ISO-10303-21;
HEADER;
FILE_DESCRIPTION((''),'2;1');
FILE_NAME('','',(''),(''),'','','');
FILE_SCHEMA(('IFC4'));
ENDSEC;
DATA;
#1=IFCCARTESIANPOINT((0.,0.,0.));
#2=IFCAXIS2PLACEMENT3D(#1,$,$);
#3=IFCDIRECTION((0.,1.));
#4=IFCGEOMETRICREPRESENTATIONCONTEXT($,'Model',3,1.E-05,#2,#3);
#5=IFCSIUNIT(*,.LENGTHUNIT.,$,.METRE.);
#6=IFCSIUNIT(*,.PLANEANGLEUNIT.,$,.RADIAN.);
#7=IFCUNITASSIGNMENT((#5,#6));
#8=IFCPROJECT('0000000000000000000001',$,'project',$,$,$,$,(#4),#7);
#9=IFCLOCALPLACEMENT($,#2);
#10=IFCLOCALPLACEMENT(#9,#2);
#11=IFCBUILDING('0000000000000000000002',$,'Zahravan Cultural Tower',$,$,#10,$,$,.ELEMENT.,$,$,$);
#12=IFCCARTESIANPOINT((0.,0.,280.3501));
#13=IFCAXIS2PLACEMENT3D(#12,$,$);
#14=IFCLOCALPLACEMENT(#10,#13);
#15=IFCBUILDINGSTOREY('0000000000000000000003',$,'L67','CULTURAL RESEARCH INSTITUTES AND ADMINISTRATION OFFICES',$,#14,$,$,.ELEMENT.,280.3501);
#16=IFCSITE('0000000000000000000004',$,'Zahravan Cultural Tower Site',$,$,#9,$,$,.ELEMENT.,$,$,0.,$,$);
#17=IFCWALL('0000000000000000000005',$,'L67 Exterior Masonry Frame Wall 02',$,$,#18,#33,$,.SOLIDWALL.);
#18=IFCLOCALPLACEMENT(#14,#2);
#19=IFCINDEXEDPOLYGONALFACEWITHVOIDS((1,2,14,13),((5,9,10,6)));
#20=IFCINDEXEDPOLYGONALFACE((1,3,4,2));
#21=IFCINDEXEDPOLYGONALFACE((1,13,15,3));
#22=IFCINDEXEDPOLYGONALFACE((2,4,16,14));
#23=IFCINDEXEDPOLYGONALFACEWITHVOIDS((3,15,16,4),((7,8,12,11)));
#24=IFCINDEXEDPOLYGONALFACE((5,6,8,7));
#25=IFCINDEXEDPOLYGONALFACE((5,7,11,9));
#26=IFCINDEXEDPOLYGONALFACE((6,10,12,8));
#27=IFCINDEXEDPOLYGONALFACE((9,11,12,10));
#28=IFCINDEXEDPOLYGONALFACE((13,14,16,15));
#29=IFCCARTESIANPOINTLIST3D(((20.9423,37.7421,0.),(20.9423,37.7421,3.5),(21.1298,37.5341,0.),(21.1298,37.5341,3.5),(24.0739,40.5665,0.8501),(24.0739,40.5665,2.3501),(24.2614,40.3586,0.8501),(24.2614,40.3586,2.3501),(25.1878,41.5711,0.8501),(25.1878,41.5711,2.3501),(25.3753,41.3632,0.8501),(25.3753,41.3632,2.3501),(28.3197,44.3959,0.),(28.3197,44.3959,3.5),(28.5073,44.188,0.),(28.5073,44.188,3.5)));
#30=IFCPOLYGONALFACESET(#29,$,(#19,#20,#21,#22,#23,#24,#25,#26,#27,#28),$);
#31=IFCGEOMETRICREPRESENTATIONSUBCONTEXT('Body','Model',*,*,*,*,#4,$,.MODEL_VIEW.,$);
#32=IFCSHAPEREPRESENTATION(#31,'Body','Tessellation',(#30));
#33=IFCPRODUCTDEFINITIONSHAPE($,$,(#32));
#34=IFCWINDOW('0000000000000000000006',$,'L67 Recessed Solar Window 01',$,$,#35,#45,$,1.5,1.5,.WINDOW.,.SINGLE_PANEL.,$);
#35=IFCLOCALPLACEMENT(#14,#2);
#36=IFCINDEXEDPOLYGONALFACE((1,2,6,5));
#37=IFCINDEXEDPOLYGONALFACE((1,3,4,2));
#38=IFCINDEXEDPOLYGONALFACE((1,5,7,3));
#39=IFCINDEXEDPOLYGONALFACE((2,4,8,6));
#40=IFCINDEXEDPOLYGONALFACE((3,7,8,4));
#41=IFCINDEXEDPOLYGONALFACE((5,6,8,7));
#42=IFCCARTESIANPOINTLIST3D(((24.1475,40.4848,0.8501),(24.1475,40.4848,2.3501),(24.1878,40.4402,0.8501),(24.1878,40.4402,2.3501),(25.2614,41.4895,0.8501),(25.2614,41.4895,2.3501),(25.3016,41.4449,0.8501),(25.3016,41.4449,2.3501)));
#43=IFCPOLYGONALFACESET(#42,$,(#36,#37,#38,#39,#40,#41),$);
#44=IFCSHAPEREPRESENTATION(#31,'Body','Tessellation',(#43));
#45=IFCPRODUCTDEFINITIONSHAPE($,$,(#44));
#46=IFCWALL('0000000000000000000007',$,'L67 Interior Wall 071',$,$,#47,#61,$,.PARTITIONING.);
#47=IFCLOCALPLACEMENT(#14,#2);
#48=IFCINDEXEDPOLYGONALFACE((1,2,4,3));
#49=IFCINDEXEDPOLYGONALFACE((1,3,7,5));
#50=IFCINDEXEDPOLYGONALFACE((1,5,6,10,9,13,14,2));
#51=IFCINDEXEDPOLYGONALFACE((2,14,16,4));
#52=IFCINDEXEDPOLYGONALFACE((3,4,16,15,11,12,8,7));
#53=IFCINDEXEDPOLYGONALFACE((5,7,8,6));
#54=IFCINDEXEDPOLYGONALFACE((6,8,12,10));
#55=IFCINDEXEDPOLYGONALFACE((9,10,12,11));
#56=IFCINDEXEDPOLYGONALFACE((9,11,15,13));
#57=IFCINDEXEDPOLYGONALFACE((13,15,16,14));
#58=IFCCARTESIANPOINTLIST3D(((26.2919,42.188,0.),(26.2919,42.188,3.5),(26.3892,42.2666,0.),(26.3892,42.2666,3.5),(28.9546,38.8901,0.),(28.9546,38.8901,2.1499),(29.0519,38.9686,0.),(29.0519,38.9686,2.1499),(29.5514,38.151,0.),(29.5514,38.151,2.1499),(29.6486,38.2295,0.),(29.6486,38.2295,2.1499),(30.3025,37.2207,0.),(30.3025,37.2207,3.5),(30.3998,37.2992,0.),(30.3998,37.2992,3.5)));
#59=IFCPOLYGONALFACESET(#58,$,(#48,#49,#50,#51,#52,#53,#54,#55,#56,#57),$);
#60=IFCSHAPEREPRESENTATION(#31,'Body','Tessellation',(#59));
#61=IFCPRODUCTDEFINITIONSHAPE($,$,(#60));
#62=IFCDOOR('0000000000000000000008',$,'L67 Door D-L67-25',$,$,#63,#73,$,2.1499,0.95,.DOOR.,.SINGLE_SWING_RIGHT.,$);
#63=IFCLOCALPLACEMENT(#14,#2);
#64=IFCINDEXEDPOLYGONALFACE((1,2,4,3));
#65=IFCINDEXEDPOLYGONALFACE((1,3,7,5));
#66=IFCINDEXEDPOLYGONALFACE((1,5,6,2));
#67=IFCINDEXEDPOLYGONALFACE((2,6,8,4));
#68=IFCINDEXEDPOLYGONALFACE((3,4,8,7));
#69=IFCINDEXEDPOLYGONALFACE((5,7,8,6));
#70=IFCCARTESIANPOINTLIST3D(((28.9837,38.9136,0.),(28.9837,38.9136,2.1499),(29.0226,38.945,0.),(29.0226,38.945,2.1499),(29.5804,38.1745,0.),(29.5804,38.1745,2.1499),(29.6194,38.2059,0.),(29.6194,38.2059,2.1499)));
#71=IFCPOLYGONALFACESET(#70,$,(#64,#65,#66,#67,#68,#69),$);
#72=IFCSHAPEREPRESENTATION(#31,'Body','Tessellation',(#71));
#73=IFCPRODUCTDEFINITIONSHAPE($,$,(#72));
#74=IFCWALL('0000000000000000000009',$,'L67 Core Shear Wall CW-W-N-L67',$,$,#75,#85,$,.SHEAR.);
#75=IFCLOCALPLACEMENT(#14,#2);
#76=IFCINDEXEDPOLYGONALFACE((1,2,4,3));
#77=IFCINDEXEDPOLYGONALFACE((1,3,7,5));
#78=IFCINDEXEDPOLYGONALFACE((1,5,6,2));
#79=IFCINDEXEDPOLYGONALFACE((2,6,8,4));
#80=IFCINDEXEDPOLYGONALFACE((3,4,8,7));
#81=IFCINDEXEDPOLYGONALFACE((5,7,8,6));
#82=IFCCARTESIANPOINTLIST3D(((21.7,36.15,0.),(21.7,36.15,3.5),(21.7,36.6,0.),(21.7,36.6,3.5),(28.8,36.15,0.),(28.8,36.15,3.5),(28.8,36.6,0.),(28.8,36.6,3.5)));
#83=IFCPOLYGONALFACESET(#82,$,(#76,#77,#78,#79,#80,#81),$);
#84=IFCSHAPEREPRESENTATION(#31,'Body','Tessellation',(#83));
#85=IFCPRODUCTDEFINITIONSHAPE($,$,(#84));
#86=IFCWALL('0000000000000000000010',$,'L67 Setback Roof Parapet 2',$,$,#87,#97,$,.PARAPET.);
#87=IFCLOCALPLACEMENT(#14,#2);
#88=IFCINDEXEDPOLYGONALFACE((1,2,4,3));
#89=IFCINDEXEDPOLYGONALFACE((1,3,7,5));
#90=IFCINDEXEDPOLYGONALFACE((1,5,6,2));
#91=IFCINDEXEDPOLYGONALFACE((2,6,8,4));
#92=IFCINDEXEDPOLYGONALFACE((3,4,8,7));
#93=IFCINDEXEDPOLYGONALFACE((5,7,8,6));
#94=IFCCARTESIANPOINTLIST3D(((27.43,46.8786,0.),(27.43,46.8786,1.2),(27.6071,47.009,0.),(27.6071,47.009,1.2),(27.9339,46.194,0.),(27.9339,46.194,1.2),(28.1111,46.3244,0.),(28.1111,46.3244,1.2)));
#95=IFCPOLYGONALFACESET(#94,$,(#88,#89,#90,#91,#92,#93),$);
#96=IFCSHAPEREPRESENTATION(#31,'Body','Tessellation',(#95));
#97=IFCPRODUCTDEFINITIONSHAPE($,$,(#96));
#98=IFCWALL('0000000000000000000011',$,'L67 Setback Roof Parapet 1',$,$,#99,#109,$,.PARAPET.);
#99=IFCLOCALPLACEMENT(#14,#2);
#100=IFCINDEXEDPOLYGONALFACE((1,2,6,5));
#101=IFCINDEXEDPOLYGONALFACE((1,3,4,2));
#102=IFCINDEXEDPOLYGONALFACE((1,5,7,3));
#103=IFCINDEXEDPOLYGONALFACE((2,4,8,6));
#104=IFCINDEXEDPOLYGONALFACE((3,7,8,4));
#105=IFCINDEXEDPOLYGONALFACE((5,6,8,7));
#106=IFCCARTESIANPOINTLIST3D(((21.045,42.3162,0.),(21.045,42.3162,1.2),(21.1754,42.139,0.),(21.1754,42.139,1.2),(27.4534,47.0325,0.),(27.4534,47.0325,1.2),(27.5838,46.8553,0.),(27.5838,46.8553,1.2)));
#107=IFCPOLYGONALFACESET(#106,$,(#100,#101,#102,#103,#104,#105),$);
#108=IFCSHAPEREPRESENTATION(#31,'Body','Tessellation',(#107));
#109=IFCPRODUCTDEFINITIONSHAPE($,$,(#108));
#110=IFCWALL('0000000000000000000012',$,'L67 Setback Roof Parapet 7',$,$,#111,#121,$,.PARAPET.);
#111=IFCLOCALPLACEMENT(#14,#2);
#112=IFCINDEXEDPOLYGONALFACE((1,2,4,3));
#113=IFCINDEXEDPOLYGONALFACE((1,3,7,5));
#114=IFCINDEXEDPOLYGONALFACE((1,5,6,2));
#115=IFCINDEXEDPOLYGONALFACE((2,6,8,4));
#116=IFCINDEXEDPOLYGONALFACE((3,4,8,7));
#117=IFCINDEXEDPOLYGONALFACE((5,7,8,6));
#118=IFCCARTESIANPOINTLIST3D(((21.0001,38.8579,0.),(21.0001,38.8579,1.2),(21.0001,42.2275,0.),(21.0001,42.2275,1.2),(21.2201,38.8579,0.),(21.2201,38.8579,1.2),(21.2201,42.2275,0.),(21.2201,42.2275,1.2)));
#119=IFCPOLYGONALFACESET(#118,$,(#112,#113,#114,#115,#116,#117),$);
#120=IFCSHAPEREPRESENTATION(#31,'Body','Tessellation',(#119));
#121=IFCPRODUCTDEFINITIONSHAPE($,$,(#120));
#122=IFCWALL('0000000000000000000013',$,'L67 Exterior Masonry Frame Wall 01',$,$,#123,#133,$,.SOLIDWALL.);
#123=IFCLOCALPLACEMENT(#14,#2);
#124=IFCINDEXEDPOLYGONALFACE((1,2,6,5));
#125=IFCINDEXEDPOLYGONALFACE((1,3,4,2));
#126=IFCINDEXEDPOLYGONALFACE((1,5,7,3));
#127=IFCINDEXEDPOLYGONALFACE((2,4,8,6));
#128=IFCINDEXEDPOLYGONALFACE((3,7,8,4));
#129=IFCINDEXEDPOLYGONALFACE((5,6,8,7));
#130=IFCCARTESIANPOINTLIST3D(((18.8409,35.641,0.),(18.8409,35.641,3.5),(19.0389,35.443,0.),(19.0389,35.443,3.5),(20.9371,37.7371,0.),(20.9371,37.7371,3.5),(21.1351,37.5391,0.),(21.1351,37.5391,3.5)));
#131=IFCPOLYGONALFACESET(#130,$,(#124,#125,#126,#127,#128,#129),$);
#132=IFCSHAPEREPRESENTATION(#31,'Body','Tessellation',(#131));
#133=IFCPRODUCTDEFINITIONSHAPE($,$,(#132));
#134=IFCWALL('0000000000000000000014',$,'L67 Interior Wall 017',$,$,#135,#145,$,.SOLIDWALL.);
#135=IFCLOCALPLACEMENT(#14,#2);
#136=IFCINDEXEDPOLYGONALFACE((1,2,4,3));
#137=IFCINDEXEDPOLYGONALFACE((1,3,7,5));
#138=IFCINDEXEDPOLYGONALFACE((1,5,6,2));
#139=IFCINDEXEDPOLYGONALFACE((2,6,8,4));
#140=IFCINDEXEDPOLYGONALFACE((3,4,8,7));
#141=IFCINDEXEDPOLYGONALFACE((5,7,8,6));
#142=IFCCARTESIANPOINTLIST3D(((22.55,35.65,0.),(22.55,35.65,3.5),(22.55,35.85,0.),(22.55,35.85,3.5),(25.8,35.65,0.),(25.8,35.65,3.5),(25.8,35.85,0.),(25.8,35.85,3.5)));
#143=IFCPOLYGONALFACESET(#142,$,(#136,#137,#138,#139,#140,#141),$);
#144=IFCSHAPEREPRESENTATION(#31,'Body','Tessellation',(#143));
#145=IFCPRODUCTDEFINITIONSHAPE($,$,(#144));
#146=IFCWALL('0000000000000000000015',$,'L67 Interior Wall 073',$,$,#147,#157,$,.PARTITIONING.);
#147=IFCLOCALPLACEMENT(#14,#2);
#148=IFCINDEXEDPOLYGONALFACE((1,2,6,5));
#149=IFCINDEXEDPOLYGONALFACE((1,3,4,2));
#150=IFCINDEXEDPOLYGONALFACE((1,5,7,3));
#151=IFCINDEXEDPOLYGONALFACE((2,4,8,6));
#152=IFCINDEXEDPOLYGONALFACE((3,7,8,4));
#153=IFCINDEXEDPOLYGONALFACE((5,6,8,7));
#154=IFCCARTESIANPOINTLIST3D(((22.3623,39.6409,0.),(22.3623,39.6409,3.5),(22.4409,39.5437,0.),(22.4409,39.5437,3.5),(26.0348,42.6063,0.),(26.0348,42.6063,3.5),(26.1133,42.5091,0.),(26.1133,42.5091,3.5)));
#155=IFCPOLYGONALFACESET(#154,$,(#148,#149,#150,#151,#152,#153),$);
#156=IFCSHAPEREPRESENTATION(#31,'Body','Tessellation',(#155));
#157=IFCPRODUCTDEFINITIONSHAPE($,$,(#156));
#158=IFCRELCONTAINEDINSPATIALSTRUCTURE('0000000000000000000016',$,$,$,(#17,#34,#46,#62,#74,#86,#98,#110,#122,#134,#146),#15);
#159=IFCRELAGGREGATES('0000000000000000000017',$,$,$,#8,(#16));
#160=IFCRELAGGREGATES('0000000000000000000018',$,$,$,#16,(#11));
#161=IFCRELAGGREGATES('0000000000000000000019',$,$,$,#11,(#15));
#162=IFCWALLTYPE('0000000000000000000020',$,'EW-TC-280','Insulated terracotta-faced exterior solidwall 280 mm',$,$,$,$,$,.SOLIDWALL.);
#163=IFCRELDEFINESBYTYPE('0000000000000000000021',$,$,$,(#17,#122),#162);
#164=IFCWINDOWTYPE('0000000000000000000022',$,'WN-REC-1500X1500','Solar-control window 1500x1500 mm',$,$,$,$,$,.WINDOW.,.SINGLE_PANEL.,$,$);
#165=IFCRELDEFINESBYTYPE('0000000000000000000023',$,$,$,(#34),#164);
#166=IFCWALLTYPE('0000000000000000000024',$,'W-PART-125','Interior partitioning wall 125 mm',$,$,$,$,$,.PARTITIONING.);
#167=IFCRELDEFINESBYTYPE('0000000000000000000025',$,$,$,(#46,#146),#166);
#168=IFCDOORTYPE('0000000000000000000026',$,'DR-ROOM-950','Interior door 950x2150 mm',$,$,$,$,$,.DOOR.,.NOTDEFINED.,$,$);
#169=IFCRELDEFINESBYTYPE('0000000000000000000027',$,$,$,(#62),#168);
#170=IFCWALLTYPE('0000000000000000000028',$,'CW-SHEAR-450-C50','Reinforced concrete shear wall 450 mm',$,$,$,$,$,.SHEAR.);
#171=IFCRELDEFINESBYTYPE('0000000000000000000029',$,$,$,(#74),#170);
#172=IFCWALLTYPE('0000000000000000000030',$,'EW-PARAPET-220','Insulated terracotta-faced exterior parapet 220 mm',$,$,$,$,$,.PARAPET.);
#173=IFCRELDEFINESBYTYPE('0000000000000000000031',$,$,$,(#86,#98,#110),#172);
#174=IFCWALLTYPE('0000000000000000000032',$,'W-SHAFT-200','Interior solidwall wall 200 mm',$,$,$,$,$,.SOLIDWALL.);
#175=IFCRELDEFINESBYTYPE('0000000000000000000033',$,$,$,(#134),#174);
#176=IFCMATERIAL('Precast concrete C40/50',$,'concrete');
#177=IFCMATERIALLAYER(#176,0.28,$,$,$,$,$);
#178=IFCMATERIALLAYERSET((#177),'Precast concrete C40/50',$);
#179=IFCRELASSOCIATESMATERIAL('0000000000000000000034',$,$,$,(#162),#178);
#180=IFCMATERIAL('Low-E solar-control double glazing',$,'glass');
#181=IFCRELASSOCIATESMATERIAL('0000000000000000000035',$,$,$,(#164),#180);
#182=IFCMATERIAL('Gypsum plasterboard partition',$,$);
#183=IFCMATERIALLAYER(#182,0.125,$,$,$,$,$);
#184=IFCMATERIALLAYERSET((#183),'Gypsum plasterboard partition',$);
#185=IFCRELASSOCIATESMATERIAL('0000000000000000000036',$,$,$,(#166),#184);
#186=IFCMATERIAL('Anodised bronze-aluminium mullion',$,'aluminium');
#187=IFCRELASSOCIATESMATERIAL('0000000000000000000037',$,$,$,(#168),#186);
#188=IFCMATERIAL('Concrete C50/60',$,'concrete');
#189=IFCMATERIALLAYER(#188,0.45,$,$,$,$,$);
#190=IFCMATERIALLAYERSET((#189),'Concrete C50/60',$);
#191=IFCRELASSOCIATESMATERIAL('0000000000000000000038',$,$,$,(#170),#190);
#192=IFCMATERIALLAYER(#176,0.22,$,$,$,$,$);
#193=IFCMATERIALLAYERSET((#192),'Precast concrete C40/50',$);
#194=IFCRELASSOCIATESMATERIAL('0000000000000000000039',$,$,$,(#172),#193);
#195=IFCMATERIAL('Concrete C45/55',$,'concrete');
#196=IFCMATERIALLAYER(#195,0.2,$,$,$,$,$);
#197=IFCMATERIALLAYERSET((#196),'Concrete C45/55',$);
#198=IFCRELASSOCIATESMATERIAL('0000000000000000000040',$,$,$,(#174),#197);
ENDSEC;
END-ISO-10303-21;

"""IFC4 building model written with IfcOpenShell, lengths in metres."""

from ifc_helpers import new_model, si_unit, direction, frame, frame_2d, origin, place, context, subcontext, project, spatial, rectangle, extrude, source, transform, mapped, material, layer, layer_set, type_object, element, fill, save


model = new_model("IFC4")

# Units and contexts
model_context = context("Model", 3, precision=1e-05, world=origin(), true_north=direction((0.0, 1.0)))
body_context = subcontext(model_context, "Body", "Model", "MODEL_VIEW")
ifc_project = project(units=[si_unit("LENGTHUNIT", "METRE"), si_unit("PLANEANGLEUNIT", "RADIAN")], contexts=[model_context])

# Site, building, storey
site_placement = place(None, origin())
site = spatial("IfcSite", under=ifc_project, at=site_placement, Name="Zahravan Cultural Tower Site", CompositionType="ELEMENT", RefElevation=0.0)
building_placement = place(site_placement, origin())
building = spatial("IfcBuilding", under=site, at=building_placement, Name="Zahravan Cultural Tower", CompositionType="ELEMENT")
storey_placement = place(building_placement, frame((0.0, 0.0, 280.3501)))
storey = spatial("IfcBuildingStorey", under=building, at=storey_placement, Name="L67", Description="CULTURAL RESEARCH INSTITUTES AND ADMINISTRATION OFFICES", CompositionType="ELEMENT", Elevation=280.3501)

# Shared definitions
ifc_material_1 = material(Name="Concrete C50/60", Category="concrete")

# Shared definitions
ifc_material_2 = material(Name="Anodised bronze-aluminium mullion", Category="aluminium")

# Wall, opening, window
ifc_material_3 = material(Name="Precast concrete C40/50", Category="concrete")
ifc_layer_1 = layer(ifc_material_3, 0.28)
ifc_layer_set_1 = layer_set([ifc_layer_1], Name="Precast concrete C40/50")
wall_type_1 = type_object("IfcWallType", Name="EW-TC-280", Description="Insulated terracotta-faced exterior solidwall 280 mm", PredefinedType="SOLIDWALL", material=ifc_layer_set_1)
wall_1_placement = place(storey_placement, frame((21.0361, 37.6382, 0.0), z_axis=(0.0, 0.0, 1.0), x_axis=(0.742587, 0.669749, 0.0)))
wall_1 = element("IfcWall", 1, at=wall_1_placement, inside=storey, type_object=wall_type_1, Name="L67 Exterior Masonry Frame Wall 02", PredefinedType="SOLIDWALL", context=body_context, shape_type="SweptSolid", body=[
    extrude(rectangle(XDim=9.9348, YDim=0.28, at=frame_2d((4.9673, 0.0))), origin(), (0.0, 0.0, 1.0), 3.5),
])
opening_1_placement = place(wall_1_placement, frame((4.217, 0.0, 0.8501)))
opening_1 = element("IfcOpeningElement", 2, at=opening_1_placement, cuts=wall_1, PredefinedType="OPENING", context=body_context, shape_type="SweptSolid", body=[
    extrude(rectangle(XDim=1.5, YDim=1.5, at=frame_2d((0.75, 0.75))), frame((0.0, 0.1499, 0.0), z_axis=(0.0, -1.0, 0.0), x_axis=(1.0, 0.0, 0.0)), (0.0, 0.0, 1.0), 0.3),
])
ifc_material_4 = material(Name="Low-E solar-control double glazing", Category="glass")
window_type = type_object("IfcWindowType", Name="WN-REC-1500X1500", Description="Solar-control window 1500x1500 mm", PartitioningType="SINGLE_PANEL", PredefinedType="WINDOW", material=ifc_material_4)
shared_shape_1 = source(origin(), body_context, "Body", "SweptSolid", [
    extrude(rectangle(XDim=1.5, YDim=1.5, at=frame_2d((0.75, 0.75))), frame((0.0, 0.03, 0.0), z_axis=(0.0, -1.0, 0.0), x_axis=(1.0, 0.0, 0.0)), (0.0, 0.0, 1.0), 0.0601),
])
window_placement = place(opening_1_placement, origin())
window = element("IfcWindow", 3, at=window_placement, inside=storey, type_object=window_type, Name="L67 Recessed Solar Window 01", OverallHeight=1.5, OverallWidth=1.5, PartitioningType="SINGLE_PANEL", PredefinedType="WINDOW", context=body_context, shape_type="MappedRepresentation", body=[
    mapped(shared_shape_1, transform((0.0, 0.0, 0.0), x_axis=(1.0, 0.0, 0.0), y_axis=(0.0, 1.0, 0.0), z_axis=(0.0, 0.0, 1.0), scale=1.0)),
])
fill(opening_1, window)

# Wall, opening, door
ifc_material_5 = material(Name="Gypsum plasterboard partition")
ifc_layer_2 = layer(ifc_material_5, 0.125)
ifc_layer_set_2 = layer_set([ifc_layer_2], Name="Gypsum plasterboard partition")
wall_type_2 = type_object("IfcWallType", Name="W-PART-125", Description="Interior partitioning wall 125 mm", PredefinedType="PARTITIONING", material=ifc_layer_set_2)
wall_2_placement = place(storey_placement, frame((26.3406, 42.2273, 0.0), z_axis=(0.0, 0.0, 1.0), x_axis=(0.628191, -0.778059, 0.0)))
wall_2 = element("IfcWall", 4, at=wall_2_placement, inside=storey, type_object=wall_type_2, Name="L67 Interior Wall 071", PredefinedType="PARTITIONING", context=body_context, shape_type="SweptSolid", body=[
    extrude(rectangle(XDim=6.3843, YDim=0.125, at=frame_2d((3.1921, 0.0))), origin(), (0.0, 0.0, 1.0), 3.5),
])
opening_2_placement = place(wall_2_placement, frame((4.2385, 0.0, 0.0)))
opening_2 = element("IfcOpeningElement", 5, at=opening_2_placement, cuts=wall_2, PredefinedType="OPENING", context=body_context, shape_type="SweptSolid", body=[
    extrude(rectangle(XDim=0.95, YDim=2.1499, at=frame_2d((0.4751, 1.075))), frame((0.0, 0.0725, 0.0), z_axis=(0.0, -1.0, 0.0), x_axis=(1.0, 0.0, 0.0)), (0.0, 0.0, 1.0), 0.145),
])
door_type = type_object("IfcDoorType", Name="DR-ROOM-950", Description="Interior door 950x2150 mm", OperationType="NOTDEFINED", PredefinedType="DOOR", material=ifc_material_2)
shared_shape_2 = source(origin(), body_context, "Body", "SweptSolid", [
    extrude(rectangle(XDim=0.95, YDim=2.1499, at=frame_2d((0.4751, 1.075))), frame((0.0, 0.0249, 0.0), z_axis=(0.0, -1.0, 0.0), x_axis=(1.0, 0.0, 0.0)), (0.0, 0.0, 1.0), 0.05),
])
door_placement = place(opening_2_placement, origin())
door = element("IfcDoor", 6, at=door_placement, inside=storey, type_object=door_type, Name="L67 Door D-L67-25", OperationType="SINGLE_SWING_RIGHT", OverallHeight=2.1499, OverallWidth=0.95, PredefinedType="DOOR", context=body_context, shape_type="MappedRepresentation", body=[
    mapped(shared_shape_2, transform((0.0, 0.0, 0.0), x_axis=(1.0, 0.0, 0.0), y_axis=(0.0, 1.0, 0.0), z_axis=(0.0, 0.0, 1.0), scale=1.0)),
])
fill(opening_2, door)

# Walls
ifc_layer_3 = layer(ifc_material_1, 0.45)
ifc_layer_set_3 = layer_set([ifc_layer_3], Name="Concrete C50/60")
wall_type_3 = type_object("IfcWallType", Name="CW-SHEAR-450-C50", Description="Reinforced concrete shear wall 450 mm", PredefinedType="SHEAR", material=ifc_layer_set_3)
shared_shape_3 = source(origin(), body_context, "Body", "SweptSolid", [
    extrude(rectangle(XDim=7.1001, YDim=0.45, at=frame_2d((3.55, 0.0))), origin(), (0.0, 0.0, 1.0), 3.5),
])
wall_3_placement = place(storey_placement, frame((21.7, 36.375, 0.0), z_axis=(0.0, 0.0, 1.0), x_axis=(1.0, 0.0, 0.0)))
element("IfcWall", 7, at=wall_3_placement, inside=storey, type_object=wall_type_3, Name="L67 Core Shear Wall CW-W-N-L67", PredefinedType="SHEAR", context=body_context, shape_type="MappedRepresentation", body=[
    mapped(shared_shape_3, transform((0.0, 0.0, 0.0), x_axis=(1.0, 0.0, 0.0), y_axis=(0.0, 1.0, 0.0), z_axis=(0.0, 0.0, 1.0), scale=1.0)),
])
ifc_layer_4 = layer(ifc_material_3, 0.22)
ifc_layer_set_4 = layer_set([ifc_layer_4], Name="Precast concrete C40/50")
wall_type_4 = type_object("IfcWallType", Name="EW-PARAPET-220", Description="Insulated terracotta-faced exterior parapet 220 mm", PredefinedType="PARAPET", material=ifc_layer_set_4)
shared_shape_4 = source(origin(), body_context, "Body", "SweptSolid", [
    extrude(rectangle(XDim=0.8501, YDim=0.22, at=frame_2d((0.425, 0.0))), origin(), (0.0, 0.0, 1.0), 1.2),
])
wall_4_placement = place(storey_placement, frame((27.5186, 46.9438, 0.0), z_axis=(0.0, 0.0, 1.0), x_axis=(0.592807, -0.805345, 0.0)))
element("IfcWall", 8, at=wall_4_placement, inside=storey, type_object=wall_type_4, Name="L67 Setback Roof Parapet 2", PredefinedType="PARAPET", context=body_context, shape_type="MappedRepresentation", body=[
    mapped(shared_shape_4, transform((0.0, 0.0, 0.0), x_axis=(1.0, 0.0, 0.0), y_axis=(0.0, 1.0, 0.0), z_axis=(0.0, 0.0, 1.0), scale=1.0)),
])
shared_shape_5 = source(origin(), body_context, "Body", "SweptSolid", [
    extrude(rectangle(XDim=7.9568, YDim=0.22, at=frame_2d((3.9785, 0.0))), origin(), (0.0, 0.0, 1.0), 1.2),
])
wall_5_placement = place(storey_placement, frame((21.1101, 42.2275, 0.0), z_axis=(0.0, 0.0, 1.0), x_axis=(0.805398, 0.592734, 0.0)))
element("IfcWall", 9, at=wall_5_placement, inside=storey, type_object=wall_type_4, Name="L67 Setback Roof Parapet 1", PredefinedType="PARAPET", context=body_context, shape_type="MappedRepresentation", body=[
    mapped(shared_shape_5, transform((0.0, 0.0, 0.0), x_axis=(1.0, 0.0, 0.0), y_axis=(0.0, 1.0, 0.0), z_axis=(0.0, 0.0, 1.0), scale=1.0)),
])
shared_shape_6 = source(origin(), body_context, "Body", "SweptSolid", [
    extrude(rectangle(XDim=3.3696, YDim=0.22, at=frame_2d((1.6848, 0.0))), origin(), (0.0, 0.0, 1.0), 1.2),
])
wall_6_placement = place(storey_placement, frame((21.1101, 38.8579, 0.0), z_axis=(0.0, 0.0, 1.0), x_axis=(0.0, 1.0, 0.0)))
element("IfcWall", 10, at=wall_6_placement, inside=storey, type_object=wall_type_4, Name="L67 Setback Roof Parapet 7", PredefinedType="PARAPET", context=body_context, shape_type="MappedRepresentation", body=[
    mapped(shared_shape_6, transform((0.0, 0.0, 0.0), x_axis=(1.0, 0.0, 0.0), y_axis=(0.0, 1.0, 0.0), z_axis=(0.0, 0.0, 1.0), scale=1.0)),
])
shared_shape_7 = source(origin(), body_context, "Body", "SweptSolid", [
    extrude(rectangle(XDim=2.9644, YDim=0.28, at=frame_2d((1.4822, 0.0))), origin(), (0.0, 0.0, 1.0), 3.5),
])
wall_7_placement = place(storey_placement, frame((18.9399, 35.542, 0.0), z_axis=(0.0, 0.0, 1.0), x_axis=(0.707107, 0.707107, 0.0)))
element("IfcWall", 11, at=wall_7_placement, inside=storey, type_object=wall_type_1, Name="L67 Exterior Masonry Frame Wall 01", PredefinedType="SOLIDWALL", context=body_context, shape_type="MappedRepresentation", body=[
    mapped(shared_shape_7, transform((0.0, 0.0, 0.0), x_axis=(1.0, 0.0, 0.0), y_axis=(0.0, 1.0, 0.0), z_axis=(0.0, 0.0, 1.0), scale=1.0)),
])
ifc_material_6 = material(Name="Concrete C45/55", Category="concrete")
ifc_layer_5 = layer(ifc_material_6, 0.2)
ifc_layer_set_5 = layer_set([ifc_layer_5], Name="Concrete C45/55")
wall_type_5 = type_object("IfcWallType", Name="W-SHAFT-200", Description="Interior solidwall wall 200 mm", PredefinedType="SOLIDWALL", material=ifc_layer_set_5)
shared_shape_8 = source(origin(), body_context, "Body", "SweptSolid", [
    extrude(rectangle(XDim=3.25, YDim=0.2, at=frame_2d((1.625, 0.0))), origin(), (0.0, 0.0, 1.0), 3.5),
])
wall_8_placement = place(storey_placement, frame((22.55, 35.75, 0.0), z_axis=(0.0, 0.0, 1.0), x_axis=(1.0, 0.0, 0.0)))
element("IfcWall", 12, at=wall_8_placement, inside=storey, type_object=wall_type_5, Name="L67 Interior Wall 017", PredefinedType="SOLIDWALL", context=body_context, shape_type="MappedRepresentation", body=[
    mapped(shared_shape_8, transform((0.0, 0.0, 0.0), x_axis=(1.0, 0.0, 0.0), y_axis=(0.0, 1.0, 0.0), z_axis=(0.0, 0.0, 1.0), scale=1.0)),
])
shared_shape_9 = source(origin(), body_context, "Body", "SweptSolid", [
    extrude(rectangle(XDim=4.7202, YDim=0.125, at=frame_2d((2.3601, 0.0))), origin(), (0.0, 0.0, 1.0), 3.5),
])
wall_9_placement = place(storey_placement, frame((22.4016, 39.5923, 0.0), z_axis=(0.0, 0.0, 1.0), x_axis=(0.778025, 0.628234, 0.0)))
element("IfcWall", 13, at=wall_9_placement, inside=storey, type_object=wall_type_2, Name="L67 Interior Wall 073", PredefinedType="PARTITIONING", context=body_context, shape_type="MappedRepresentation", body=[
    mapped(shared_shape_9, transform((0.0, 0.0, 0.0), x_axis=(1.0, 0.0, 0.0), y_axis=(0.0, 1.0, 0.0), z_axis=(0.0, 0.0, 1.0), scale=1.0)),
])

save(model, "model.ifc")
